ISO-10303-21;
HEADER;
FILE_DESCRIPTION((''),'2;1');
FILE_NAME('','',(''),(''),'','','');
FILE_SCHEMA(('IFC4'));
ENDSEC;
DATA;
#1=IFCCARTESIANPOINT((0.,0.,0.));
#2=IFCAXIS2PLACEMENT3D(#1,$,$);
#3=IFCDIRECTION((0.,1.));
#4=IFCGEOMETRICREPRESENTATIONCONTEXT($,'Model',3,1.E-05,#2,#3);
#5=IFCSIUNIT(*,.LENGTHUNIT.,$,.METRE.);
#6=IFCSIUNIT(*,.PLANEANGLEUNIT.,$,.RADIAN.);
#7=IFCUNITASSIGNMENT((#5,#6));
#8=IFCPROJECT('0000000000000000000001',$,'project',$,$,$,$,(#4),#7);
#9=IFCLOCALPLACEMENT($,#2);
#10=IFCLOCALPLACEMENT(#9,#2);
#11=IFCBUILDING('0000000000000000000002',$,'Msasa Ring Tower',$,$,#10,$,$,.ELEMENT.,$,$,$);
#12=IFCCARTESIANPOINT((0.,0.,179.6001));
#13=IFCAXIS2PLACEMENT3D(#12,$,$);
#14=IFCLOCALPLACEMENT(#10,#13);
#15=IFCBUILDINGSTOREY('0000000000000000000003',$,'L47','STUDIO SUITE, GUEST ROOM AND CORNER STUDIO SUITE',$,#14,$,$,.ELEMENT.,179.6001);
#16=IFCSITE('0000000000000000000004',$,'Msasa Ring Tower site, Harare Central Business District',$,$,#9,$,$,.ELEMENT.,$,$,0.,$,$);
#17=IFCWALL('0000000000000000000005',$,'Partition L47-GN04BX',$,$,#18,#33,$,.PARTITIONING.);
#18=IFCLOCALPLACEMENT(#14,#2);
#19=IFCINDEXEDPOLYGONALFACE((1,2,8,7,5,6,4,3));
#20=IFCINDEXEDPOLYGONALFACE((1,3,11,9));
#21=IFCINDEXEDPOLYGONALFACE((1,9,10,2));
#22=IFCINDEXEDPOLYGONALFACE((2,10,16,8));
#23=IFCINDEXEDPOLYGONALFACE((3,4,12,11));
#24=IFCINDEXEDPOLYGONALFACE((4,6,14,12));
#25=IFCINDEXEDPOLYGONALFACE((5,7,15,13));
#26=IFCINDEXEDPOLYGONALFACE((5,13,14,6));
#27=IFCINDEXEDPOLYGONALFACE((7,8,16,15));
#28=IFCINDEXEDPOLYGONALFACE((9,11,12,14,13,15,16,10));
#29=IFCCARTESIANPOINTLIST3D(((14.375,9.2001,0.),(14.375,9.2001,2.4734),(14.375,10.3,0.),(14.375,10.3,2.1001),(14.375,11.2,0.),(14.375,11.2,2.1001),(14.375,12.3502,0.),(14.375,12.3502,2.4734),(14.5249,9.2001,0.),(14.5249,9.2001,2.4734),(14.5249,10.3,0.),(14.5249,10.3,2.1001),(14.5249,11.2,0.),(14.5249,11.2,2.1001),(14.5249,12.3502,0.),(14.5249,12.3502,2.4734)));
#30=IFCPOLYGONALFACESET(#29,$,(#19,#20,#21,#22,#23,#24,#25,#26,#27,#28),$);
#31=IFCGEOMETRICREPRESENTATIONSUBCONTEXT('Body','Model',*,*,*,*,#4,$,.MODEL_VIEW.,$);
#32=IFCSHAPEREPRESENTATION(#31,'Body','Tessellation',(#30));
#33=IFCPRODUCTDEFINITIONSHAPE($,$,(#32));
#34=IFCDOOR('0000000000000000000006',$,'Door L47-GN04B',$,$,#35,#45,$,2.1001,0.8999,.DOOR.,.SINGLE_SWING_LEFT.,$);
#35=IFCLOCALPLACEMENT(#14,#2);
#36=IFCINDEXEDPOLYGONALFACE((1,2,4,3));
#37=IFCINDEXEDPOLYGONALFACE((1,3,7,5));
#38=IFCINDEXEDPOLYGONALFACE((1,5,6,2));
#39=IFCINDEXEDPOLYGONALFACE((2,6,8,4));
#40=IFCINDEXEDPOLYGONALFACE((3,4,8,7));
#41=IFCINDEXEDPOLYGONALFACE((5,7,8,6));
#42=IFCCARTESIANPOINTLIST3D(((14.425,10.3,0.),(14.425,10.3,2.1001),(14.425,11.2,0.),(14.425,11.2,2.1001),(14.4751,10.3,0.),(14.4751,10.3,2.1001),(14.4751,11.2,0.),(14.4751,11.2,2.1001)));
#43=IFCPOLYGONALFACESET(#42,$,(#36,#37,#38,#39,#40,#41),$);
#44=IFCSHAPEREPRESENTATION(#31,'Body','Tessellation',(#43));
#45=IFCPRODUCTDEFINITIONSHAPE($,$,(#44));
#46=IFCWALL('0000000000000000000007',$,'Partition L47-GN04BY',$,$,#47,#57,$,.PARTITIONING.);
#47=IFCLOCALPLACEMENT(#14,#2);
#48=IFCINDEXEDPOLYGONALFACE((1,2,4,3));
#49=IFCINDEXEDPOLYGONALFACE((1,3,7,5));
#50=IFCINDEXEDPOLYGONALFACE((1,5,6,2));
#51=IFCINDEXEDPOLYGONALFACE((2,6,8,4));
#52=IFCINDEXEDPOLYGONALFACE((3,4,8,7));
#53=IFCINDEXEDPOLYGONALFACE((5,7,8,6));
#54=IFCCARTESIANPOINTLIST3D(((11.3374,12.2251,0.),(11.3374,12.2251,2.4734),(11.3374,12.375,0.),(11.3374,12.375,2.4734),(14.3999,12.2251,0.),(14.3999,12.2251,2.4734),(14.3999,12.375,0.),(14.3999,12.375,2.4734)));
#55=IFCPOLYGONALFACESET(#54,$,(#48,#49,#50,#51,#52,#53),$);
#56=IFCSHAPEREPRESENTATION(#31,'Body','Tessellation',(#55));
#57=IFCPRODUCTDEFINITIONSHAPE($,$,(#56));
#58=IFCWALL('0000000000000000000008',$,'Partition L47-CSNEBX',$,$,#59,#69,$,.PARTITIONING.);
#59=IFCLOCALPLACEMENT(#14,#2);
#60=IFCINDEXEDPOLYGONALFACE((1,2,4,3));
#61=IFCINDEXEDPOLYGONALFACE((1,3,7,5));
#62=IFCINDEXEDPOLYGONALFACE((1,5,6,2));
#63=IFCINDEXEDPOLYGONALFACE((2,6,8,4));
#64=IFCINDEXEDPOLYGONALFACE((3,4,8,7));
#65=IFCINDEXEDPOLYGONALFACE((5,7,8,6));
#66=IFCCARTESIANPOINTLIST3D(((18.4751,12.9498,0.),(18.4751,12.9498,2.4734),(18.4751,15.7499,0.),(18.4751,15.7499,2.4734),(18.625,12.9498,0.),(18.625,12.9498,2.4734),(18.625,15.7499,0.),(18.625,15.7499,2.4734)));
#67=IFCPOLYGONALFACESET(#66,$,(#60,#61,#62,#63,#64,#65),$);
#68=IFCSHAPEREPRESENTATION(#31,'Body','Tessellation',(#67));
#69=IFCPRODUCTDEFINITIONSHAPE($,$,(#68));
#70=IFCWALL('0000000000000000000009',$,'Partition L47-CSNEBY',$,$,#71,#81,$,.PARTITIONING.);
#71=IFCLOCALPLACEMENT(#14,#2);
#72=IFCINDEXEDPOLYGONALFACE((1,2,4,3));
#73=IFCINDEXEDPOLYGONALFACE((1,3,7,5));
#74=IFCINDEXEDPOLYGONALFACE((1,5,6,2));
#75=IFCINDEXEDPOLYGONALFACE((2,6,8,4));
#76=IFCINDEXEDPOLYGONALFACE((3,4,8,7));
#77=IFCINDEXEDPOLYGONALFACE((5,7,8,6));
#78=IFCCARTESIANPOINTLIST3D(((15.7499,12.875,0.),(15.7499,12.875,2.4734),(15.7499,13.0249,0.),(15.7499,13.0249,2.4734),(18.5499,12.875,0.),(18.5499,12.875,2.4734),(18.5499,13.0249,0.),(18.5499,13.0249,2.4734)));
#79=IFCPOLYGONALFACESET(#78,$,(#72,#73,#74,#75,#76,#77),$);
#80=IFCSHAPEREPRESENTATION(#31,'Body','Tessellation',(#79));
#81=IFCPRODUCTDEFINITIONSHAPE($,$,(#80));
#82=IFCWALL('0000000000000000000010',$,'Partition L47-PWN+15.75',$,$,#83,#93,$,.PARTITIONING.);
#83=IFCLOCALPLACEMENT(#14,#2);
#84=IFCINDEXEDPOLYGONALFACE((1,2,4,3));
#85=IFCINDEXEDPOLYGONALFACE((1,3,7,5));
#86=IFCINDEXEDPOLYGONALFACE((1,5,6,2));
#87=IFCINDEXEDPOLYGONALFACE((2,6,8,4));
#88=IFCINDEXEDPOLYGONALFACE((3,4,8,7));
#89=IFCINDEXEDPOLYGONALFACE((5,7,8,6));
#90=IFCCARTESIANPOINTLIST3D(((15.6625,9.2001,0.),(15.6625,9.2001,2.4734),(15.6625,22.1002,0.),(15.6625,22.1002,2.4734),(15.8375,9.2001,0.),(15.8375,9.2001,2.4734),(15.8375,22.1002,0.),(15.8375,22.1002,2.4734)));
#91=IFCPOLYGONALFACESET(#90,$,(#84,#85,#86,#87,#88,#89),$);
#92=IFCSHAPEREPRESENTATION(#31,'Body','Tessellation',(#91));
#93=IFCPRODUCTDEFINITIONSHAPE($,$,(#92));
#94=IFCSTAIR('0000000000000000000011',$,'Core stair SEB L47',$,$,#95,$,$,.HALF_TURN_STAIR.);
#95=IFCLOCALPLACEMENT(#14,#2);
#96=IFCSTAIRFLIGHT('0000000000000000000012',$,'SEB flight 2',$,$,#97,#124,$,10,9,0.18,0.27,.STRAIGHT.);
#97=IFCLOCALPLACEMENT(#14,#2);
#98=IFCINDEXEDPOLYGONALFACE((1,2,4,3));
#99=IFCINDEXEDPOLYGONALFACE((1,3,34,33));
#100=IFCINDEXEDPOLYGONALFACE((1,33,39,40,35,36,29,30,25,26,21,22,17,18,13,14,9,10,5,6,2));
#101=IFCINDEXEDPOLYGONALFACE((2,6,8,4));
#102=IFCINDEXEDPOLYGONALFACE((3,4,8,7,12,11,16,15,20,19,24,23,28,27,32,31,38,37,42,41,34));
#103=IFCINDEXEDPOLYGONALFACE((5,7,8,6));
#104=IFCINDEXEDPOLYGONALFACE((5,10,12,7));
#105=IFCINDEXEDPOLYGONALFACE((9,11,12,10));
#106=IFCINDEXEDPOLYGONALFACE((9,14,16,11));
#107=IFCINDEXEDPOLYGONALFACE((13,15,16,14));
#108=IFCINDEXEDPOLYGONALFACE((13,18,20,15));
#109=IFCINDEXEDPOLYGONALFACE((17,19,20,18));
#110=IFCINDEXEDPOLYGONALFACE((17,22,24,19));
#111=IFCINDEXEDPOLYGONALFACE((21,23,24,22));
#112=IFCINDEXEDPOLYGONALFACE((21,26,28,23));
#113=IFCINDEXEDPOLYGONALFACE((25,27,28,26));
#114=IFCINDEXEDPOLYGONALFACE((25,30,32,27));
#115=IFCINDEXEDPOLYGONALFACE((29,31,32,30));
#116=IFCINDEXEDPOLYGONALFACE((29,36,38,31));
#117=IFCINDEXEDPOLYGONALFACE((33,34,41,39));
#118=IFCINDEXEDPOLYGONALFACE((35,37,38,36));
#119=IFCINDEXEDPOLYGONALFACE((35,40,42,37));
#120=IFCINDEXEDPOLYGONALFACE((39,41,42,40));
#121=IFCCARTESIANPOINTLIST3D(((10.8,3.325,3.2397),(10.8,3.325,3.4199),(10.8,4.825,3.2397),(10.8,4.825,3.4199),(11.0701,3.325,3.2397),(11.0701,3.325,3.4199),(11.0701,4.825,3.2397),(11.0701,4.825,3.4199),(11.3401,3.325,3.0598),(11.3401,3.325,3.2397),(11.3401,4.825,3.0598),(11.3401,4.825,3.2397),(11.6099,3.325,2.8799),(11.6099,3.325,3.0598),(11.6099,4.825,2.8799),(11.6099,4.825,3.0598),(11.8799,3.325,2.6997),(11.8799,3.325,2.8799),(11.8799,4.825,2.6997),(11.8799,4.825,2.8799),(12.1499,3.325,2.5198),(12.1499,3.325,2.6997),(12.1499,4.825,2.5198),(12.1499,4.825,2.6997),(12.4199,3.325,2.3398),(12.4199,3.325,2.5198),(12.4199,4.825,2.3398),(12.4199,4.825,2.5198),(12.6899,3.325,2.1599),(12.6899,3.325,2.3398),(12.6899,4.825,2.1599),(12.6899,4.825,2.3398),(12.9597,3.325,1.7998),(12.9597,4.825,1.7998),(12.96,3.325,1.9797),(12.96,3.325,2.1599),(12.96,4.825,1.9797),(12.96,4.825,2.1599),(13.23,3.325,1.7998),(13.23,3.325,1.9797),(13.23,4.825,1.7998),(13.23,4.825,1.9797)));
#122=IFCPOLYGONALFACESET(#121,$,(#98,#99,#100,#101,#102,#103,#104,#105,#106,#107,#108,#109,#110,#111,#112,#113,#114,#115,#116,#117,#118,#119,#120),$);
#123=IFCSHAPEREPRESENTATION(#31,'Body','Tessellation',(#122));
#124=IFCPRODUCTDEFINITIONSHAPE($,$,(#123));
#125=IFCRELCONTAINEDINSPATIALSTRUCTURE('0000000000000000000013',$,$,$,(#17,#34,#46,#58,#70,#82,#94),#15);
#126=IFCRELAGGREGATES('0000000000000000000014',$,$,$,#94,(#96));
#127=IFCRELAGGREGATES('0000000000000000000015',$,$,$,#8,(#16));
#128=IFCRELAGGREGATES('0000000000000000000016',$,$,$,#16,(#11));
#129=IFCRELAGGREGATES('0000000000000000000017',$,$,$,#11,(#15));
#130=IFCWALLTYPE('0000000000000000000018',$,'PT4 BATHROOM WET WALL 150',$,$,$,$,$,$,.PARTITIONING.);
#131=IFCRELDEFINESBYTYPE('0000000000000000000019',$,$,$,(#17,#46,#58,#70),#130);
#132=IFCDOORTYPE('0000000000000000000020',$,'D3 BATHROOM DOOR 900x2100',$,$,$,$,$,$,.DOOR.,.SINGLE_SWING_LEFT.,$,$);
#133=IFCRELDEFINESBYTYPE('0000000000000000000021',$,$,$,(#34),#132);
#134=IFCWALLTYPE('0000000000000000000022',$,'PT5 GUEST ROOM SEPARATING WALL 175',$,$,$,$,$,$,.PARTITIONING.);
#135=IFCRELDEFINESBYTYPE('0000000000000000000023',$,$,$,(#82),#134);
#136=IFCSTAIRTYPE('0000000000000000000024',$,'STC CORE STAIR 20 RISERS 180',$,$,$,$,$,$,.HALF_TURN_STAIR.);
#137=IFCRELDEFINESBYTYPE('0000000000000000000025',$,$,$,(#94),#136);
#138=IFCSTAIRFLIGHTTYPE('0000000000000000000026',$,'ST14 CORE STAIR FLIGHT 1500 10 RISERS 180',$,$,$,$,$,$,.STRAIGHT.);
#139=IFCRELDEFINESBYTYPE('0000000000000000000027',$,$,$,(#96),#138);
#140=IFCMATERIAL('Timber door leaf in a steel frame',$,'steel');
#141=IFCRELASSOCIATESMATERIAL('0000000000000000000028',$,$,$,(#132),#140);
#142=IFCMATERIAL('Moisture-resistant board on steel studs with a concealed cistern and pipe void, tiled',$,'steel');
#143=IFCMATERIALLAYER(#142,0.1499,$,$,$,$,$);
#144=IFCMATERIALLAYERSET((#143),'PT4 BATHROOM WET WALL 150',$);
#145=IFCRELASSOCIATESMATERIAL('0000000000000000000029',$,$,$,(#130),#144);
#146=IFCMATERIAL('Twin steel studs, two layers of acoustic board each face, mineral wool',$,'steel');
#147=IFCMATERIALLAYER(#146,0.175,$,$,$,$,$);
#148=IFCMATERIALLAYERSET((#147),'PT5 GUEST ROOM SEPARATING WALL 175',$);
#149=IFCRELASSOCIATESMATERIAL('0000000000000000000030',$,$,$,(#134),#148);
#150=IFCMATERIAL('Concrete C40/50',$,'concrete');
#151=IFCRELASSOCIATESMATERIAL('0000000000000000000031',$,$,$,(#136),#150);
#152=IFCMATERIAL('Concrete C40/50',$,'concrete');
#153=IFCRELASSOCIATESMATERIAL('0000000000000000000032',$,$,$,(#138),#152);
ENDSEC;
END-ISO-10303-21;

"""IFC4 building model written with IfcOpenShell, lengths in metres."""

from ifc_helpers import new_model, si_unit, direction, frame, frame_2d, origin, place, context, subcontext, project, spatial, polyline, rectangle, outline, extrude, material, layer, layer_set, type_object, element, fill, aggregate, save


model = new_model("IFC4")

# Units and contexts
model_context = context("Model", 3, precision=1e-05, world=origin(), true_north=direction((0.0, 1.0)))
body_context = subcontext(model_context, "Body", "Model", "MODEL_VIEW")
ifc_project = project(units=[si_unit("LENGTHUNIT", "METRE"), si_unit("PLANEANGLEUNIT", "RADIAN")], contexts=[model_context])

# Site, building, storey
site_placement = place(None, origin())
site = spatial("IfcSite", under=ifc_project, at=site_placement, Name="Msasa Ring Tower site, Harare Central Business District", CompositionType="ELEMENT", RefElevation=0.0)
building_placement = place(site_placement, origin())
building = spatial("IfcBuilding", under=site, at=building_placement, Name="Msasa Ring Tower", CompositionType="ELEMENT")
storey_placement = place(building_placement, frame((0.0, 0.0, 179.6001)))
storey = spatial("IfcBuildingStorey", under=building, at=storey_placement, Name="L47", Description="STUDIO SUITE, GUEST ROOM AND CORNER STUDIO SUITE", CompositionType="ELEMENT", Elevation=179.6001)

# Shared definitions
ifc_material_1 = material(Name="Timber door leaf in a steel frame", Category="steel")
door_type_1 = type_object("IfcDoorType", Name="D3 BATHROOM DOOR 900x2100", OperationType="SINGLE_SWING_LEFT", PredefinedType="DOOR", material=ifc_material_1)

# Wall, opening, door
ifc_material_2 = material(Name="Moisture-resistant board on steel studs with a concealed cistern and pipe void, tiled", Category="steel")
ifc_layer_1 = layer(ifc_material_2, 0.1499)
ifc_layer_set_1 = layer_set([ifc_layer_1], Name="PT4 BATHROOM WET WALL 150")
wall_type_1 = type_object("IfcWallType", Name="PT4 BATHROOM WET WALL 150", PredefinedType="PARTITIONING", material=ifc_layer_set_1)
wall_1_placement = place(storey_placement, frame((14.45, 9.2, 0.0), z_axis=(0.0, 0.0, 1.0), x_axis=(0.0, 1.0, 0.0)))
wall_1 = element("IfcWall", 1, at=wall_1_placement, inside=storey, type_object=wall_type_1, Name="Partition L47-GN04BX", PredefinedType="PARTITIONING", context=body_context, shape_type="SweptSolid", body=[
    extrude(rectangle(XDim=3.1501, YDim=0.1499, at=frame_2d((1.5752, 0.0))), origin(), (0.0, 0.0, 1.0), 2.4734),
])
opening_1_placement = place(wall_1_placement, frame((1.1001, 0.0, 0.0)))
opening_1 = element("IfcOpeningElement", 2, at=opening_1_placement, cuts=wall_1, PredefinedType="OPENING", context=body_context, shape_type="SweptSolid", body=[
    extrude(rectangle(XDim=0.8999, YDim=2.1001, at=frame_2d((0.45, 1.05))), frame((0.0, 0.085, 0.0), z_axis=(0.0, -1.0, 0.0), x_axis=(1.0, 0.0, 0.0)), (0.0, 0.0, 1.0), 0.1699),
])
door_1_placement = place(opening_1_placement, origin())
door_1 = element("IfcDoor", 3, at=door_1_placement, inside=storey, type_object=door_type_1, Name="Door L47-GN04B", OperationType="SINGLE_SWING_LEFT", OverallHeight=2.1001, OverallWidth=0.8999, PredefinedType="DOOR", context=body_context, shape_type="SweptSolid", body=[
    extrude(rectangle(XDim=0.8999, YDim=2.1001, at=frame_2d((0.45, 1.05))), frame((0.0, 0.0249, 0.0), z_axis=(0.0, -1.0, 0.0), x_axis=(1.0, 0.0, 0.0)), (0.0, 0.0, 1.0), 0.05),
])
fill(opening_1, door_1)

# Walls
wall_2_placement = place(storey_placement, frame((11.3374, 12.3, 0.0), z_axis=(0.0, 0.0, 1.0), x_axis=(1.0, 0.0, 0.0)))
element("IfcWall", 4, at=wall_2_placement, inside=storey, type_object=wall_type_1, Name="Partition L47-GN04BY", PredefinedType="PARTITIONING", context=body_context, shape_type="SweptSolid", body=[
    extrude(rectangle(XDim=3.0625, YDim=0.1499, at=frame_2d((1.5312, 0.0))), origin(), (0.0, 0.0, 1.0), 2.4734),
])
for number, where, z_axis, x_axis, name in (
    (5, (18.55, 12.95, 0.0), (0.0, 0.0, 1.0), (0.0, 1.0, 0.0), "Partition L47-CSNEBX"),
    (6, (15.75, 12.95, 0.0), (0.0, 0.0, 1.0), (1.0, 0.0, 0.0), "Partition L47-CSNEBY"),
):
    element("IfcWall", number, at=place(storey_placement, frame(where, z_axis=z_axis, x_axis=x_axis)), inside=storey, type_object=wall_type_1, Name=name, PredefinedType="PARTITIONING", context=body_context, shape_type="SweptSolid", body=[
        extrude(rectangle(XDim=2.8, YDim=0.1499, at=frame_2d((1.3999, 0.0))), origin(), (0.0, 0.0, 1.0), 2.4734),
    ])
ifc_material_3 = material(Name="Twin steel studs, two layers of acoustic board each face, mineral wool", Category="steel")
ifc_layer_2 = layer(ifc_material_3, 0.175)
ifc_layer_set_2 = layer_set([ifc_layer_2], Name="PT5 GUEST ROOM SEPARATING WALL 175")
wall_type_2 = type_object("IfcWallType", Name="PT5 GUEST ROOM SEPARATING WALL 175", PredefinedType="PARTITIONING", material=ifc_layer_set_2)
wall_3_placement = place(storey_placement, frame((15.75, 9.2, 0.0), z_axis=(0.0, 0.0, 1.0), x_axis=(0.0, 1.0, 0.0)))
element("IfcWall", 7, at=wall_3_placement, inside=storey, type_object=wall_type_2, Name="Partition L47-PWN+15.75", PredefinedType="PARTITIONING", context=body_context, shape_type="SweptSolid", body=[
    extrude(rectangle(XDim=12.9001, YDim=0.175, at=frame_2d((6.4502, 0.0))), origin(), (0.0, 0.0, 1.0), 2.4734),
])

# Stair, stair flight
ifc_material_4 = material(Name="Concrete C40/50", Category="concrete")
stair_type = type_object("IfcStairType", Name="STC CORE STAIR 20 RISERS 180", PredefinedType="HALF_TURN_STAIR", material=ifc_material_4)
stair_placement = place(storey_placement, origin())
stair = element("IfcStair", 8, at=stair_placement, inside=storey, type_object=stair_type, Name="Core stair SEB L47", PredefinedType="HALF_TURN_STAIR")
ifc_material_5 = material(Name="Concrete C40/50", Category="concrete")
stair_flight_type = type_object("IfcStairFlightType", Name="ST14 CORE STAIR FLIGHT 1500 10 RISERS 180", PredefinedType="STRAIGHT", material=ifc_material_5)
stair_flight_placement = place(storey_placement, frame((13.23, 4.075, 1.7998), z_axis=(0.0, 0.0, 1.0), x_axis=(-1.0, 0.0, 0.0)))
stair_flight = element("IfcStairFlight", 9, at=stair_flight_placement, type_object=stair_flight_type, Name="SEB flight 2", NumberOfRisers=10, NumberOfTreads=9, PredefinedType="STRAIGHT", RiserHeight=0.18, TreadLength=0.27, context=body_context, shape_type="SweptSolid", body=[
    extrude(outline(polyline([(0.0, 0.0), (0.0, 0.1799), (0.27, 0.1799), (0.27, 0.3601), (0.54, 0.3601), (0.54, 0.54), (0.8101, 0.54), (0.8101, 0.72), (1.0801, 0.72), (1.0801, 0.8999), (1.3501, 0.8999), (1.3501, 1.0801), (1.6201, 1.0801), (1.6201, 1.26), (1.8899, 1.26), (1.8899, 1.4399), (2.1599, 1.4399), (2.1599, 1.6201), (2.4299, 1.6201), (2.4299, 1.8), (2.4299, 1.4399), (0.2703, 0.0), (0.0, 0.0)])), frame((0.0, 0.75, 0.0), z_axis=(0.0, -1.0, 0.0), x_axis=(1.0, 0.0, 0.0)), (0.0, 0.0, 1.0), 1.5),
])
aggregate(stair, [stair_flight])

save(model, "model.ifc")
